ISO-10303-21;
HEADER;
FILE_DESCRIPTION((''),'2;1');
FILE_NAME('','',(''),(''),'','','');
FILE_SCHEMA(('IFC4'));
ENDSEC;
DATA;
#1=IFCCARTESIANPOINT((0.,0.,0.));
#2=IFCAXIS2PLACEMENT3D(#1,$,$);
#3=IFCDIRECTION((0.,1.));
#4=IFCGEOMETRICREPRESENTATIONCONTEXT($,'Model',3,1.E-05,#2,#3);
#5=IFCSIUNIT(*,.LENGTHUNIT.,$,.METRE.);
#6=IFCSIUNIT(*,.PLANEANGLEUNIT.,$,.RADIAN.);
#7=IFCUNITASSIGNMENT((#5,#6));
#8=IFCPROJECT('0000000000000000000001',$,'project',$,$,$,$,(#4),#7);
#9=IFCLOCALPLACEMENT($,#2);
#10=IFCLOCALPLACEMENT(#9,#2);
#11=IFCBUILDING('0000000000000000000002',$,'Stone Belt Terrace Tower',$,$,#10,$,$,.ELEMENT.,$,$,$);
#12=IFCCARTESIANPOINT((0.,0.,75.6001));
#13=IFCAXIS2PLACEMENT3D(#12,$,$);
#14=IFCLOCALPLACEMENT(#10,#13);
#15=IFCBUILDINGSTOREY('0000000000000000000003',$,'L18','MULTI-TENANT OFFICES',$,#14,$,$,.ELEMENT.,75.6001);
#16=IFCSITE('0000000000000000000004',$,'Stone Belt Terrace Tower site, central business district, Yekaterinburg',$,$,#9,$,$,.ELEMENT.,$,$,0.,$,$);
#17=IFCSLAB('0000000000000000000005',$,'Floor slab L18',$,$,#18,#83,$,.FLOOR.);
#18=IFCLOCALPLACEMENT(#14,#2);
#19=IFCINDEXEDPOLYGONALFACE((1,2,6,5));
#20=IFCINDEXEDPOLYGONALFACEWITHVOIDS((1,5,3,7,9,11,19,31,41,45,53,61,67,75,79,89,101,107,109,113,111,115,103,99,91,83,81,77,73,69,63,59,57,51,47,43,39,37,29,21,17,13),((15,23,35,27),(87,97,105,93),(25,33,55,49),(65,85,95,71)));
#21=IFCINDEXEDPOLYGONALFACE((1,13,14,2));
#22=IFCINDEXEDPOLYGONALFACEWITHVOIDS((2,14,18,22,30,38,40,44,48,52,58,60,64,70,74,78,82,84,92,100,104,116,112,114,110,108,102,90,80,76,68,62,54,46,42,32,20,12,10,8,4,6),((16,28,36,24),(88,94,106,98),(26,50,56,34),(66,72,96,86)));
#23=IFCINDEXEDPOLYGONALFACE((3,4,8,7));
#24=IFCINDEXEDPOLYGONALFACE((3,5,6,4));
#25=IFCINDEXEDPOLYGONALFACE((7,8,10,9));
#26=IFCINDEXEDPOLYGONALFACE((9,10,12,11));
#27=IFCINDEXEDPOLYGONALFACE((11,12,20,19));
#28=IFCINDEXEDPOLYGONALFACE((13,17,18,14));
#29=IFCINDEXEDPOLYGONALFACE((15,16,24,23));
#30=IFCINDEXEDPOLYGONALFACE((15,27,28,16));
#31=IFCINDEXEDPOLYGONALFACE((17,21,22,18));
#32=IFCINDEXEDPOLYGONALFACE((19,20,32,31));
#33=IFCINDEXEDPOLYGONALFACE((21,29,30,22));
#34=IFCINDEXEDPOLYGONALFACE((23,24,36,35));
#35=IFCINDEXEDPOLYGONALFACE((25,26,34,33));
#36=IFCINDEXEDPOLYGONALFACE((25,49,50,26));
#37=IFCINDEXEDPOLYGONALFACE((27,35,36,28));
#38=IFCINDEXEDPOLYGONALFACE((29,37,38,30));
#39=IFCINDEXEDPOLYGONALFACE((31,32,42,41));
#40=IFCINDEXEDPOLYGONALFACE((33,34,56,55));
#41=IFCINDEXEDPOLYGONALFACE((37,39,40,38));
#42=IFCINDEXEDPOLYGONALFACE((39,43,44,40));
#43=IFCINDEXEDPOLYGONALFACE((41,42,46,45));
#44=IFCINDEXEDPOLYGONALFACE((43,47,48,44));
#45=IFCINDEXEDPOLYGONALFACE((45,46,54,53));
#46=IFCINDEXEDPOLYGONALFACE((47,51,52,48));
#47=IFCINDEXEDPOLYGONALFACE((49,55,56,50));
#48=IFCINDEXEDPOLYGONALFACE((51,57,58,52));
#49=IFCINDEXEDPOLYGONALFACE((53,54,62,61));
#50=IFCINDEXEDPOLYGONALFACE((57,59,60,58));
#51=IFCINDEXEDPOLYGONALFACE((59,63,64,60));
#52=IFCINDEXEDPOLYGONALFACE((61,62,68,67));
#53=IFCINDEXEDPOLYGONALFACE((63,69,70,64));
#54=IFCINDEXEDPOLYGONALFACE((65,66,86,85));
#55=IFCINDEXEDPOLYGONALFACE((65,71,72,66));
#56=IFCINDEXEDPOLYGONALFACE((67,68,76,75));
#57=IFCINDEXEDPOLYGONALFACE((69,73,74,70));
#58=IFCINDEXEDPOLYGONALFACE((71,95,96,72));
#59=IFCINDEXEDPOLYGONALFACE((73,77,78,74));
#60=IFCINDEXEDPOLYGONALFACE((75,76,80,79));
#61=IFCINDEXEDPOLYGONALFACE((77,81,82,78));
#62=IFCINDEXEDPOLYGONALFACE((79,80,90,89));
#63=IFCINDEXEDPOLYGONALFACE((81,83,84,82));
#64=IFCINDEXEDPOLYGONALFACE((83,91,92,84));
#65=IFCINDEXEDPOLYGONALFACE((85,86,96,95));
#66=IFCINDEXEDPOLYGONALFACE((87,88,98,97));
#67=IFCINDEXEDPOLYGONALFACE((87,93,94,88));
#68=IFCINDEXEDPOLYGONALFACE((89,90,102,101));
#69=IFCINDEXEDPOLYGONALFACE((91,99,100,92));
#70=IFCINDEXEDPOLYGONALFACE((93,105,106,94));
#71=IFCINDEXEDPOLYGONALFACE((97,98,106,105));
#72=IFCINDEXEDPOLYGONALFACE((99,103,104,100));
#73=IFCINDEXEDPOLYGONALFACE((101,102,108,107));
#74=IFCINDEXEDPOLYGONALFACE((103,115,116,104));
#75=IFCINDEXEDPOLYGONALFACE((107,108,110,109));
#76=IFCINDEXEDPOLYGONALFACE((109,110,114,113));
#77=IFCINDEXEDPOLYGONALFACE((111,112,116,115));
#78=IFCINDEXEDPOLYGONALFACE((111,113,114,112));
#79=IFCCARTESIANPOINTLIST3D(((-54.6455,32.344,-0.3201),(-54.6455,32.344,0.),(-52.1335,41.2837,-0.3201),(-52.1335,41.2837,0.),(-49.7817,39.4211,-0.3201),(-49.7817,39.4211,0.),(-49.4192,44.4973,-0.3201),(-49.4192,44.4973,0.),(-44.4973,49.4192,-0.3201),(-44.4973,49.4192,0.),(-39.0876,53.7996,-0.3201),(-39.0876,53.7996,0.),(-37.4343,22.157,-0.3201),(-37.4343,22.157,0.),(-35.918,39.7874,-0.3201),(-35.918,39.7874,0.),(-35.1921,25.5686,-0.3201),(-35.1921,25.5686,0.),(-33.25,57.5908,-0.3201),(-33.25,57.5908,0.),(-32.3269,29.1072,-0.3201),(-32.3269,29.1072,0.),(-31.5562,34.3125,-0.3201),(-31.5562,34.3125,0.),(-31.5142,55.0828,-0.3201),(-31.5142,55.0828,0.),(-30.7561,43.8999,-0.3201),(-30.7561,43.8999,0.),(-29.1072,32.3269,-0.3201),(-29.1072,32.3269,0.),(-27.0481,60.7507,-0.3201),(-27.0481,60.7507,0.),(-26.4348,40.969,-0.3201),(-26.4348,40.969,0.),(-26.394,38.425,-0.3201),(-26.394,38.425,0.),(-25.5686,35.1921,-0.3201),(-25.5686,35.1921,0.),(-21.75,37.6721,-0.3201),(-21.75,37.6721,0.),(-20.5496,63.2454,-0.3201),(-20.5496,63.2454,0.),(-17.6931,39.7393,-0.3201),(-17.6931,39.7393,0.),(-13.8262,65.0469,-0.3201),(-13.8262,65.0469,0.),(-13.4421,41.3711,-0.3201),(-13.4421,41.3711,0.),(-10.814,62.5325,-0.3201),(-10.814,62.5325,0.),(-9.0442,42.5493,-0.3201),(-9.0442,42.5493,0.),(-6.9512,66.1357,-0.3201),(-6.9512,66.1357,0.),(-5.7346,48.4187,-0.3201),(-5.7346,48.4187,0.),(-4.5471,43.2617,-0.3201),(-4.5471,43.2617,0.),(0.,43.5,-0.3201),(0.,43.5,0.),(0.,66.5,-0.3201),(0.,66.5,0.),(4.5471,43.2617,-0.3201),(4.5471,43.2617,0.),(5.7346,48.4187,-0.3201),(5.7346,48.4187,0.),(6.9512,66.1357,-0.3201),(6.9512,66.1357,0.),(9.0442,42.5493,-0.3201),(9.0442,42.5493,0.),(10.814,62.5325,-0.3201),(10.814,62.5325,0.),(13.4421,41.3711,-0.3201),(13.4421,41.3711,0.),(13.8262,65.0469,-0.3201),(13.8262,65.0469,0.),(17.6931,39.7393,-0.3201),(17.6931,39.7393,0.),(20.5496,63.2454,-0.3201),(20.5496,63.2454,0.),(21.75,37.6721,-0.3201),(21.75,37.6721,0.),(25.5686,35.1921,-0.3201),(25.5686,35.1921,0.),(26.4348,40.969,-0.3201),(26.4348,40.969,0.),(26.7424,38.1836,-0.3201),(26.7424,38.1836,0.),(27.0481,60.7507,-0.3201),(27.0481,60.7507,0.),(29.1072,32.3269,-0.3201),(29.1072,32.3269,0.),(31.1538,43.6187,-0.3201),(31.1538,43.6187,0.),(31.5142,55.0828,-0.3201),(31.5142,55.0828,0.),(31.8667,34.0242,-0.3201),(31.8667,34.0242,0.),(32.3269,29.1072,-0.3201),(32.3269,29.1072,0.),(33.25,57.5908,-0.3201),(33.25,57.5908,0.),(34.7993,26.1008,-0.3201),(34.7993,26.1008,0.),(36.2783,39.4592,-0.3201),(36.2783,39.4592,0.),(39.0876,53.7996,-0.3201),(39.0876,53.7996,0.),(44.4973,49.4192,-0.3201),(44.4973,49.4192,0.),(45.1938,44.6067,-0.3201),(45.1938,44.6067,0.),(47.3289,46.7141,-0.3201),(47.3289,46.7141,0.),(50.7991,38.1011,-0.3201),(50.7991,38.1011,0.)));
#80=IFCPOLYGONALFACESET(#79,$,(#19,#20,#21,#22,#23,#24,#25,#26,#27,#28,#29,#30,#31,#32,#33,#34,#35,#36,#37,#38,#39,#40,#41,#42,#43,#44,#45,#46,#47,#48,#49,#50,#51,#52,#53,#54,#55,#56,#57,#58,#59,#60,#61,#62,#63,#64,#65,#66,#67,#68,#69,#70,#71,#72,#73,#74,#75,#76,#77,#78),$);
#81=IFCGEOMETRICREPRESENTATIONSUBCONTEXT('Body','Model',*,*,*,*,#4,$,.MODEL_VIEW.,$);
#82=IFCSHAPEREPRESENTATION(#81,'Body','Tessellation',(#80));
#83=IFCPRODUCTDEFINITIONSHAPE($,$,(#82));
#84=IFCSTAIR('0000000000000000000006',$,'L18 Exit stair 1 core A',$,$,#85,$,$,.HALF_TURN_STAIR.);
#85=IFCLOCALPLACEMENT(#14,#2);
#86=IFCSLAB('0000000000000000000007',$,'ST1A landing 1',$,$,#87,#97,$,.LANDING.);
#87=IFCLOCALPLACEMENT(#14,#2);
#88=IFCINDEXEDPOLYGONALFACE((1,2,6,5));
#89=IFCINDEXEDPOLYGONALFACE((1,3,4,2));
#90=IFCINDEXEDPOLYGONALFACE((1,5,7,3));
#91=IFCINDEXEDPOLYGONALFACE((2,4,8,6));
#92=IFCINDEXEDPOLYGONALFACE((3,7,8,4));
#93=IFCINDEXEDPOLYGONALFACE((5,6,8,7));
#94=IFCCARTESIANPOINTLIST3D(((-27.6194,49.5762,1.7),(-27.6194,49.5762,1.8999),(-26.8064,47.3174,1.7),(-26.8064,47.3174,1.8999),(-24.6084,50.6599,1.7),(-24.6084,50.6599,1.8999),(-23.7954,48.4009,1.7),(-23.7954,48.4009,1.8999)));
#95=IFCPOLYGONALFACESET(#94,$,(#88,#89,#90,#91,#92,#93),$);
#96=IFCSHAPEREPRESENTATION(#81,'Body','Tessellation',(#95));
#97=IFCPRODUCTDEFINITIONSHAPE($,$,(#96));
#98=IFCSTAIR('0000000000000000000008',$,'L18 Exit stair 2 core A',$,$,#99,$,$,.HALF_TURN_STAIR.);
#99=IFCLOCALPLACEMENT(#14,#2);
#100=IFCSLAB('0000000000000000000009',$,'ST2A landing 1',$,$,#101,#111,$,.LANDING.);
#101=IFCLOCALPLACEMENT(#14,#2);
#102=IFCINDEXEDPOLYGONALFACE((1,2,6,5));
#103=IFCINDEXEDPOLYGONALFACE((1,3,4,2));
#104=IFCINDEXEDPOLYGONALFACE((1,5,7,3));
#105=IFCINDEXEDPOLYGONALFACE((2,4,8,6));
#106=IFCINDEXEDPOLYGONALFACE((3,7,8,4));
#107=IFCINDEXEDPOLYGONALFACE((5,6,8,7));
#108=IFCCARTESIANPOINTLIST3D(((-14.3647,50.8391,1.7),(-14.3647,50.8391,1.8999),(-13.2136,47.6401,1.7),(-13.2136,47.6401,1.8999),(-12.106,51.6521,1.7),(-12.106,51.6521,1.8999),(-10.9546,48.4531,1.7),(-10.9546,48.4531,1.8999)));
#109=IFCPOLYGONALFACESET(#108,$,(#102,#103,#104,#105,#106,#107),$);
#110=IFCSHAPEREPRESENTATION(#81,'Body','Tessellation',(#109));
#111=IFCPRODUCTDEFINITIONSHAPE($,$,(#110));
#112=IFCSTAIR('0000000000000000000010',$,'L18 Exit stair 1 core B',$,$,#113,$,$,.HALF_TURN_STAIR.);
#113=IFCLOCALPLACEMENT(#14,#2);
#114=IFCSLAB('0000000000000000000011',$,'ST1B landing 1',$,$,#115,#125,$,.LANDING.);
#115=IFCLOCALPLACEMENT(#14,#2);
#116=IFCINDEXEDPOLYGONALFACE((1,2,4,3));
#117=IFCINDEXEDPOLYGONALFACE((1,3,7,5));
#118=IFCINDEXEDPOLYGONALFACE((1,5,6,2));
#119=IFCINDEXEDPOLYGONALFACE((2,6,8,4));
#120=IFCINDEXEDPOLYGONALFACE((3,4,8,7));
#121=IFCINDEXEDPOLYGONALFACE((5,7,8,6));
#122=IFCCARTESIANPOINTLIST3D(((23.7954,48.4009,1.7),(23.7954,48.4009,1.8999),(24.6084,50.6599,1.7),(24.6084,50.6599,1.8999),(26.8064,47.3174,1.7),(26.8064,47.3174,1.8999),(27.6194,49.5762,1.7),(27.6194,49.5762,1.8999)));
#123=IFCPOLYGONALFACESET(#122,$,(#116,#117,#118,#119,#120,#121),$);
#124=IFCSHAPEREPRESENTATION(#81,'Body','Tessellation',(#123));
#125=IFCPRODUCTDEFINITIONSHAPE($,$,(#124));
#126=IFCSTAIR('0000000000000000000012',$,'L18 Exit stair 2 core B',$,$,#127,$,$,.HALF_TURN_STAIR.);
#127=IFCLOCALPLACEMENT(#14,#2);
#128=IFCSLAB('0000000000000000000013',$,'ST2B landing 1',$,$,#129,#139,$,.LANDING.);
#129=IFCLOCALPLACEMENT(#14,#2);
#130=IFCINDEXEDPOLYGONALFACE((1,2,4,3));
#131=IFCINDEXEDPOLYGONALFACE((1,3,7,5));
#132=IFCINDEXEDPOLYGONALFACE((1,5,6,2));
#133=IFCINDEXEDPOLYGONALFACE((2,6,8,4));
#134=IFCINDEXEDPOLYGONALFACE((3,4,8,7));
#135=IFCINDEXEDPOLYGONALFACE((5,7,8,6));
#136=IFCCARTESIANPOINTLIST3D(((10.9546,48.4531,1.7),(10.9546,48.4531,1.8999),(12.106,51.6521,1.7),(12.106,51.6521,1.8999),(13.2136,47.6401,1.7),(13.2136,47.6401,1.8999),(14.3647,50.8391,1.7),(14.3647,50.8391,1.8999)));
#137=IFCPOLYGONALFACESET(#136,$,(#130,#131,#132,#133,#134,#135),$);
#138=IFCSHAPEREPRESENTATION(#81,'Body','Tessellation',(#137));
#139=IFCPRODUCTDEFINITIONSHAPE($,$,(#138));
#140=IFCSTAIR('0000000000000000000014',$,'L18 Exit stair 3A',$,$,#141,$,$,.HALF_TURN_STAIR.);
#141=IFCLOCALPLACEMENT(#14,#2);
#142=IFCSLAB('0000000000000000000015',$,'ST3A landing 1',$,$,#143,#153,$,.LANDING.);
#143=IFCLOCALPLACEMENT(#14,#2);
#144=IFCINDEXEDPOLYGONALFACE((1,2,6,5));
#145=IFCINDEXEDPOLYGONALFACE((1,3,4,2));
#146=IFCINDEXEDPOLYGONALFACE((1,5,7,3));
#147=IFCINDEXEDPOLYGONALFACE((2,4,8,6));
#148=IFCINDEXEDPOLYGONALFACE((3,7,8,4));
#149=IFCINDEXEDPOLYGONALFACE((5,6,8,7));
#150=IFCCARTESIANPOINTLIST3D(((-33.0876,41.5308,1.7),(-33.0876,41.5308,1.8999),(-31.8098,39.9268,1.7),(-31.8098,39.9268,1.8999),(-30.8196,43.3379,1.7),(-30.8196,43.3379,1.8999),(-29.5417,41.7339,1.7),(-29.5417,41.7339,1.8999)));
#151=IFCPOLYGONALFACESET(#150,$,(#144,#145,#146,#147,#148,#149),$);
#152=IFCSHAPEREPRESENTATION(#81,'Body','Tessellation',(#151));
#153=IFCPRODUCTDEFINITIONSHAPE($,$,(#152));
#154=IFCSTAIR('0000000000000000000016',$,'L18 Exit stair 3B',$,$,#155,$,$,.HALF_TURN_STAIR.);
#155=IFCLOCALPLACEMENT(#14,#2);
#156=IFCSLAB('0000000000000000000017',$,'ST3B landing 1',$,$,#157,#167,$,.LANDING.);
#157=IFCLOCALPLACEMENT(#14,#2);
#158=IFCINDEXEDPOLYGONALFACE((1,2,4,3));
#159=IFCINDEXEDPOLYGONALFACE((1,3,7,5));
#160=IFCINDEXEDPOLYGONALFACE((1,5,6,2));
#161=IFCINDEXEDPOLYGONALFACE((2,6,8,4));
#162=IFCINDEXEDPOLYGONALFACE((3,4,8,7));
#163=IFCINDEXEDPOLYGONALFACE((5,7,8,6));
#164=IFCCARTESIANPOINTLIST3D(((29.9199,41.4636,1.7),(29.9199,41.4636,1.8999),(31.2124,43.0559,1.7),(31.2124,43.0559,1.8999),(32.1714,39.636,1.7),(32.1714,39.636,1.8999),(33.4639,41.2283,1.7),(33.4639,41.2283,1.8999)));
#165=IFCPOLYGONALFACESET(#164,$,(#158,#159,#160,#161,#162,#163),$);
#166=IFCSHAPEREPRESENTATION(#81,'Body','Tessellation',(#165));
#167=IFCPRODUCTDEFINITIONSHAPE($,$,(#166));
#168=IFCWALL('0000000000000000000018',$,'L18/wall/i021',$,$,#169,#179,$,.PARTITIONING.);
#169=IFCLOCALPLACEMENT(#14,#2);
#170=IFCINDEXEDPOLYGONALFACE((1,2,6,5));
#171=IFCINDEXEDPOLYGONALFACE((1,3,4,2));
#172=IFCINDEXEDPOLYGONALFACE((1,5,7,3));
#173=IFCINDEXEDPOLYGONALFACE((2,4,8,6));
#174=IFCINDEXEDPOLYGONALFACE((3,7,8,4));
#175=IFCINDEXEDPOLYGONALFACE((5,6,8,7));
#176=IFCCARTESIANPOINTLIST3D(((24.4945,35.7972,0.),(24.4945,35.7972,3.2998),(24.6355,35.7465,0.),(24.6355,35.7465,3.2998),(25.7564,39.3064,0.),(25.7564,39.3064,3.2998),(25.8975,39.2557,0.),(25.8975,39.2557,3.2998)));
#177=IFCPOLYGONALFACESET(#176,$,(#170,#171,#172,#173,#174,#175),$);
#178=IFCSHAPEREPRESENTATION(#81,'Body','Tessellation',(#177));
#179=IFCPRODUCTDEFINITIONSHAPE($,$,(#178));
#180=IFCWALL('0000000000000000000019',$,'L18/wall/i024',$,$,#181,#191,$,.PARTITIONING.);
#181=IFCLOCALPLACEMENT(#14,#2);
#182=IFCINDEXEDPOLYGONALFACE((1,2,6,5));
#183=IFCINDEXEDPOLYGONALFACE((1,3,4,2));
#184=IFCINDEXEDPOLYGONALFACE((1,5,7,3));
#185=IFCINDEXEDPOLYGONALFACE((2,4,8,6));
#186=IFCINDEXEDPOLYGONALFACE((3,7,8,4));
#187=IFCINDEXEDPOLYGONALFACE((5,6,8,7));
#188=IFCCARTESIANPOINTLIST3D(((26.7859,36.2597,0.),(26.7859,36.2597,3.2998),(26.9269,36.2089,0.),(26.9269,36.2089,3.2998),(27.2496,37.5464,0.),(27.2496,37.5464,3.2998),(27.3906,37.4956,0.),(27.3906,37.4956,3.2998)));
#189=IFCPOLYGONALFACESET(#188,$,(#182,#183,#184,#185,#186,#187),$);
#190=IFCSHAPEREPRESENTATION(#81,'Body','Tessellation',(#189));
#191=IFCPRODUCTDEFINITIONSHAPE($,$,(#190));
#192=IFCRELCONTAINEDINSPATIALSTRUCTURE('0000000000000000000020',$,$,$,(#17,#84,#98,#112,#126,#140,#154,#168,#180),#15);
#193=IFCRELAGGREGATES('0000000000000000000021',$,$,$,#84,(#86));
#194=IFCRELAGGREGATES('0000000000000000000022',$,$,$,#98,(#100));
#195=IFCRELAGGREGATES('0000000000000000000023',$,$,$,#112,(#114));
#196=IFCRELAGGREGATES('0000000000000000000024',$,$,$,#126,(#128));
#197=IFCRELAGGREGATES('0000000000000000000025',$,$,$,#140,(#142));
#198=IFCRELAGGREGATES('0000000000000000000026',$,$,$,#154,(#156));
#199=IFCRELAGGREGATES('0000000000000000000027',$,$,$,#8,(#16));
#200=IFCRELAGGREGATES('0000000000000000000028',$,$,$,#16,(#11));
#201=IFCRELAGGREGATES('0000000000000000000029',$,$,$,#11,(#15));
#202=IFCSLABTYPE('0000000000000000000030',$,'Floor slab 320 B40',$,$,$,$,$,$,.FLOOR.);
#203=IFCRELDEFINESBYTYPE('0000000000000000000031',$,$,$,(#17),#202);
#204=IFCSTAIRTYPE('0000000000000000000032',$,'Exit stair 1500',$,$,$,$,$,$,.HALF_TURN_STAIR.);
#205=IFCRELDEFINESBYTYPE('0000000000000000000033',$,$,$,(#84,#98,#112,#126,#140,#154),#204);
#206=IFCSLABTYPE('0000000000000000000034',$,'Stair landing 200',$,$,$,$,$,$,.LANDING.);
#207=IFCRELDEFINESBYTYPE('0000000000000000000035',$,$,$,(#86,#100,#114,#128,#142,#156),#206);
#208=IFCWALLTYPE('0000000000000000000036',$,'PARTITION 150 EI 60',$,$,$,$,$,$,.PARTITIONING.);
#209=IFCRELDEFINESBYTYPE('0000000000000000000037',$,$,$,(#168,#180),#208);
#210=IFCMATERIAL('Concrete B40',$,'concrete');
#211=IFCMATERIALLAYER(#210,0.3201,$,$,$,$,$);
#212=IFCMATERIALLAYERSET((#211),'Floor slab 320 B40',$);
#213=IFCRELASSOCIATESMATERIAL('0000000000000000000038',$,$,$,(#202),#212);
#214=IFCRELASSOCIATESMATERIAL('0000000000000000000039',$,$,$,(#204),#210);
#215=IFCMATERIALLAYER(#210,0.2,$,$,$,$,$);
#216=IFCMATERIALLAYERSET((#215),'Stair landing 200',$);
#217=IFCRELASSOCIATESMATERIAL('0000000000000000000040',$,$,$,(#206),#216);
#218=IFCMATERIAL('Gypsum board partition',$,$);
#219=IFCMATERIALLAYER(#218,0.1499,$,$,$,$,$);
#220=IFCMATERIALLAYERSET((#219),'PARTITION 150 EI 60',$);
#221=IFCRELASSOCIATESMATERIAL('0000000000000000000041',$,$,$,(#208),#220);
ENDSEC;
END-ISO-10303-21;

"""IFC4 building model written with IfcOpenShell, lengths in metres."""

from ifc_helpers import new_model, si_unit, direction, frame, frame_2d, origin, place, context, subcontext, project, spatial, polyline, rectangle, outline, extrude, material, layer, layer_set, type_object, element, aggregate, save


model = new_model("IFC4")

# Units and contexts
model_context = context("Model", 3, precision=1e-05, world=origin(), true_north=direction((0.0, 1.0)))
body_context = subcontext(model_context, "Body", "Model", "MODEL_VIEW")
ifc_project = project(units=[si_unit("LENGTHUNIT", "METRE"), si_unit("PLANEANGLEUNIT", "RADIAN")], contexts=[model_context])

# Site, building, storey
site_placement = place(None, origin())
site = spatial("IfcSite", under=ifc_project, at=site_placement, Name="Stone Belt Terrace Tower site, central business district, Yekaterinburg", CompositionType="ELEMENT", RefElevation=0.0)
building_placement = place(site_placement, origin())
building = spatial("IfcBuilding", under=site, at=building_placement, Name="Stone Belt Terrace Tower", CompositionType="ELEMENT")
storey_placement = place(building_placement, frame((0.0, 0.0, 75.6001)))
storey = spatial("IfcBuildingStorey", under=building, at=storey_placement, Name="L18", Description="MULTI-TENANT OFFICES", CompositionType="ELEMENT", Elevation=75.6001)

# Slab
ifc_material_1 = material(Name="Concrete B40", Category="concrete")
ifc_layer_1 = layer(ifc_material_1, 0.3201)
ifc_layer_set_1 = layer_set([ifc_layer_1], Name="Floor slab 320 B40")
slab_type_1 = type_object("IfcSlabType", Name="Floor slab 320 B40", PredefinedType="FLOOR", material=ifc_layer_set_1)
slab_1_placement = place(storey_placement, frame((0.0, 0.0, -0.3201)))
element("IfcSlab", 1, at=slab_1_placement, inside=storey, type_object=slab_type_1, Name="Floor slab L18", PredefinedType="FLOOR", context=body_context, shape_type="SweptSolid", body=[
    extrude(outline(polyline([(-49.4192, 44.4973), (-44.4973, 49.4192), (-39.0876, 53.7996), (-33.25, 57.5908), (-27.0481, 60.7507), (-20.5496, 63.2454), (-13.8262, 65.0469), (-6.9512, 66.1357), (0.0, 66.5), (6.9512, 66.1357), (13.8262, 65.0469), (20.5496, 63.2454), (27.0481, 60.7507), (33.25, 57.5908), (39.0876, 53.7996), (44.4973, 49.4192), (47.3289, 46.7141), (45.1938, 44.6067), (50.7991, 38.1011), (34.7993, 26.1008), (32.3269, 29.1072), (29.1072, 32.3269), (25.5686, 35.1921), (21.75, 37.6721), (17.6931, 39.7393), (13.4421, 41.3711), (9.0442, 42.5493), (4.5471, 43.2617), (0.0, 43.5), (-4.5471, 43.2617), (-9.0442, 42.5493), (-13.4421, 41.3711), (-17.6931, 39.7393), (-21.75, 37.6721), (-25.5686, 35.1921), (-29.1072, 32.3269), (-32.3269, 29.1072), (-35.1921, 25.5686), (-37.4343, 22.157), (-54.6455, 32.344), (-49.7817, 39.4211), (-52.1335, 41.2837), (-49.4192, 44.4973)]), holes=[polyline([(-26.4348, 40.969), (-5.7346, 48.4187), (-10.814, 62.5325), (-31.5142, 55.0828), (-26.4348, 40.969)]), polyline([(10.814, 62.5325), (5.7346, 48.4187), (26.4348, 40.969), (31.5142, 55.0828), (10.814, 62.5325)]), polyline([(-35.918, 39.7874), (-31.5562, 34.3125), (-26.394, 38.425), (-30.7561, 43.8999), (-35.918, 39.7874)]), polyline([(36.2783, 39.4592), (31.1538, 43.6187), (26.7424, 38.1836), (31.8667, 34.0242), (36.2783, 39.4592)])]), origin(), (0.0, 0.0, 1.0), 0.3201),
])

# Stairs, slabs
stair_type = type_object("IfcStairType", Name="Exit stair 1500", PredefinedType="HALF_TURN_STAIR", material=ifc_material_1)
stair_1_placement = place(storey_placement, origin())
stair_1 = element("IfcStair", 2, at=stair_1_placement, inside=storey, type_object=stair_type, Name="L18 Exit stair 1 core A", PredefinedType="HALF_TURN_STAIR")
ifc_layer_2 = layer(ifc_material_1, 0.2)
ifc_layer_set_2 = layer_set([ifc_layer_2], Name="Stair landing 200")
slab_type_2 = type_object("IfcSlabType", Name="Stair landing 200", PredefinedType="LANDING", material=ifc_layer_set_2)
slab_2_placement = place(storey_placement, frame((0.0, 0.0, 1.7)))
slab_2 = element("IfcSlab", 3, at=slab_2_placement, type_object=slab_type_2, Name="ST1A landing 1", PredefinedType="LANDING", context=body_context, shape_type="SweptSolid", body=[
    extrude(outline(polyline([(-23.7954, 48.4009), (-24.6084, 50.6599), (-27.6194, 49.5762), (-26.8064, 47.3174), (-23.7954, 48.4009)])), origin(), (0.0, 0.0, 1.0), 0.2),
])
aggregate(stair_1, [slab_2])
stair_2_placement = place(storey_placement, origin())
stair_2 = element("IfcStair", 4, at=stair_2_placement, inside=storey, type_object=stair_type, Name="L18 Exit stair 2 core A", PredefinedType="HALF_TURN_STAIR")
slab_3_placement = place(storey_placement, frame((0.0, 0.0, 1.7)))
slab_3 = element("IfcSlab", 5, at=slab_3_placement, type_object=slab_type_2, Name="ST2A landing 1", PredefinedType="LANDING", context=body_context, shape_type="SweptSolid", body=[
    extrude(outline(polyline([(-13.2136, 47.6401), (-10.9546, 48.4531), (-12.106, 51.6521), (-14.3647, 50.8391), (-13.2136, 47.6401)])), origin(), (0.0, 0.0, 1.0), 0.2),
])
aggregate(stair_2, [slab_3])
stair_3_placement = place(storey_placement, origin())
stair_3 = element("IfcStair", 6, at=stair_3_placement, inside=storey, type_object=stair_type, Name="L18 Exit stair 1 core B", PredefinedType="HALF_TURN_STAIR")
slab_4_placement = place(storey_placement, frame((0.0, 0.0, 1.7)))
slab_4 = element("IfcSlab", 7, at=slab_4_placement, type_object=slab_type_2, Name="ST1B landing 1", PredefinedType="LANDING", context=body_context, shape_type="SweptSolid", body=[
    extrude(outline(polyline([(26.8064, 47.3174), (27.6194, 49.5762), (24.6084, 50.6599), (23.7954, 48.4009), (26.8064, 47.3174)])), origin(), (0.0, 0.0, 1.0), 0.2),
])
aggregate(stair_3, [slab_4])
stair_4_placement = place(storey_placement, origin())
stair_4 = element("IfcStair", 8, at=stair_4_placement, inside=storey, type_object=stair_type, Name="L18 Exit stair 2 core B", PredefinedType="HALF_TURN_STAIR")
slab_5_placement = place(storey_placement, frame((0.0, 0.0, 1.7)))
slab_5 = element("IfcSlab", 9, at=slab_5_placement, type_object=slab_type_2, Name="ST2B landing 1", PredefinedType="LANDING", context=body_context, shape_type="SweptSolid", body=[
    extrude(outline(polyline([(14.3647, 50.8391), (12.106, 51.6521), (10.9546, 48.4531), (13.2136, 47.6401), (14.3647, 50.8391)])), origin(), (0.0, 0.0, 1.0), 0.2),
])
aggregate(stair_4, [slab_5])
stair_5_placement = place(storey_placement, origin())
stair_5 = element("IfcStair", 10, at=stair_5_placement, inside=storey, type_object=stair_type, Name="L18 Exit stair 3A", PredefinedType="HALF_TURN_STAIR")
slab_6_placement = place(storey_placement, frame((0.0, 0.0, 1.7)))
slab_6 = element("IfcSlab", 11, at=slab_6_placement, type_object=slab_type_2, Name="ST3A landing 1", PredefinedType="LANDING", context=body_context, shape_type="SweptSolid", body=[
    extrude(outline(polyline([(-29.5417, 41.7339), (-30.8196, 43.3379), (-33.0876, 41.5308), (-31.8098, 39.9268), (-29.5417, 41.7339)])), origin(), (0.0, 0.0, 1.0), 0.2),
])
aggregate(stair_5, [slab_6])
stair_6_placement = place(storey_placement, origin())
stair_6 = element("IfcStair", 12, at=stair_6_placement, inside=storey, type_object=stair_type, Name="L18 Exit stair 3B", PredefinedType="HALF_TURN_STAIR")
slab_7_placement = place(storey_placement, frame((0.0, 0.0, 1.7)))
slab_7 = element("IfcSlab", 13, at=slab_7_placement, type_object=slab_type_2, Name="ST3B landing 1", PredefinedType="LANDING", context=body_context, shape_type="SweptSolid", body=[
    extrude(outline(polyline([(32.1714, 39.636), (33.4639, 41.2283), (31.2124, 43.0559), (29.9199, 41.4636), (32.1714, 39.636)])), origin(), (0.0, 0.0, 1.0), 0.2),
])

# Walls
ifc_material_2 = material(Name="Gypsum board partition")
ifc_layer_3 = layer(ifc_material_2, 0.1499)
ifc_layer_set_3 = layer_set([ifc_layer_3], Name="PARTITION 150 EI 60")
wall_type_1 = type_object("IfcWallType", Name="PARTITION 150 EI 60", PredefinedType="PARTITIONING", material=ifc_layer_set_3)
wall_1_placement = place(storey_placement, frame((24.5649, 35.7717, 0.0), z_axis=(0.0, 0.0, 1.0), x_axis=(0.338393, 0.941005, 0.0)))
element("IfcWall", 14, at=wall_1_placement, inside=storey, type_object=wall_type_1, Name="L18/wall/i021", PredefinedType="PARTITIONING", context=body_context, shape_type="SweptSolid", body=[
    extrude(rectangle(XDim=3.7292, YDim=0.1499, at=frame_2d((1.8647, 0.0))), origin(), (0.0, 0.0, 1.0), 3.2998),
])
wall_2_placement = place(storey_placement, frame((27.3201, 37.521, 0.0), z_axis=(0.0, 0.0, 1.0), x_axis=(-0.339004, -0.940785, 0.0)))
element("IfcWall", 15, at=wall_2_placement, inside=storey, type_object=wall_type_1, Name="L18/wall/i024", PredefinedType="PARTITIONING", context=body_context, shape_type="SweptSolid", body=[
    extrude(rectangle(XDim=1.3677, YDim=0.1499, at=frame_2d((0.6838, 0.0))), origin(), (0.0, 0.0, 1.0), 3.2998),
])

aggregate(stair_6, [slab_7])

save(model, "model.ifc")
